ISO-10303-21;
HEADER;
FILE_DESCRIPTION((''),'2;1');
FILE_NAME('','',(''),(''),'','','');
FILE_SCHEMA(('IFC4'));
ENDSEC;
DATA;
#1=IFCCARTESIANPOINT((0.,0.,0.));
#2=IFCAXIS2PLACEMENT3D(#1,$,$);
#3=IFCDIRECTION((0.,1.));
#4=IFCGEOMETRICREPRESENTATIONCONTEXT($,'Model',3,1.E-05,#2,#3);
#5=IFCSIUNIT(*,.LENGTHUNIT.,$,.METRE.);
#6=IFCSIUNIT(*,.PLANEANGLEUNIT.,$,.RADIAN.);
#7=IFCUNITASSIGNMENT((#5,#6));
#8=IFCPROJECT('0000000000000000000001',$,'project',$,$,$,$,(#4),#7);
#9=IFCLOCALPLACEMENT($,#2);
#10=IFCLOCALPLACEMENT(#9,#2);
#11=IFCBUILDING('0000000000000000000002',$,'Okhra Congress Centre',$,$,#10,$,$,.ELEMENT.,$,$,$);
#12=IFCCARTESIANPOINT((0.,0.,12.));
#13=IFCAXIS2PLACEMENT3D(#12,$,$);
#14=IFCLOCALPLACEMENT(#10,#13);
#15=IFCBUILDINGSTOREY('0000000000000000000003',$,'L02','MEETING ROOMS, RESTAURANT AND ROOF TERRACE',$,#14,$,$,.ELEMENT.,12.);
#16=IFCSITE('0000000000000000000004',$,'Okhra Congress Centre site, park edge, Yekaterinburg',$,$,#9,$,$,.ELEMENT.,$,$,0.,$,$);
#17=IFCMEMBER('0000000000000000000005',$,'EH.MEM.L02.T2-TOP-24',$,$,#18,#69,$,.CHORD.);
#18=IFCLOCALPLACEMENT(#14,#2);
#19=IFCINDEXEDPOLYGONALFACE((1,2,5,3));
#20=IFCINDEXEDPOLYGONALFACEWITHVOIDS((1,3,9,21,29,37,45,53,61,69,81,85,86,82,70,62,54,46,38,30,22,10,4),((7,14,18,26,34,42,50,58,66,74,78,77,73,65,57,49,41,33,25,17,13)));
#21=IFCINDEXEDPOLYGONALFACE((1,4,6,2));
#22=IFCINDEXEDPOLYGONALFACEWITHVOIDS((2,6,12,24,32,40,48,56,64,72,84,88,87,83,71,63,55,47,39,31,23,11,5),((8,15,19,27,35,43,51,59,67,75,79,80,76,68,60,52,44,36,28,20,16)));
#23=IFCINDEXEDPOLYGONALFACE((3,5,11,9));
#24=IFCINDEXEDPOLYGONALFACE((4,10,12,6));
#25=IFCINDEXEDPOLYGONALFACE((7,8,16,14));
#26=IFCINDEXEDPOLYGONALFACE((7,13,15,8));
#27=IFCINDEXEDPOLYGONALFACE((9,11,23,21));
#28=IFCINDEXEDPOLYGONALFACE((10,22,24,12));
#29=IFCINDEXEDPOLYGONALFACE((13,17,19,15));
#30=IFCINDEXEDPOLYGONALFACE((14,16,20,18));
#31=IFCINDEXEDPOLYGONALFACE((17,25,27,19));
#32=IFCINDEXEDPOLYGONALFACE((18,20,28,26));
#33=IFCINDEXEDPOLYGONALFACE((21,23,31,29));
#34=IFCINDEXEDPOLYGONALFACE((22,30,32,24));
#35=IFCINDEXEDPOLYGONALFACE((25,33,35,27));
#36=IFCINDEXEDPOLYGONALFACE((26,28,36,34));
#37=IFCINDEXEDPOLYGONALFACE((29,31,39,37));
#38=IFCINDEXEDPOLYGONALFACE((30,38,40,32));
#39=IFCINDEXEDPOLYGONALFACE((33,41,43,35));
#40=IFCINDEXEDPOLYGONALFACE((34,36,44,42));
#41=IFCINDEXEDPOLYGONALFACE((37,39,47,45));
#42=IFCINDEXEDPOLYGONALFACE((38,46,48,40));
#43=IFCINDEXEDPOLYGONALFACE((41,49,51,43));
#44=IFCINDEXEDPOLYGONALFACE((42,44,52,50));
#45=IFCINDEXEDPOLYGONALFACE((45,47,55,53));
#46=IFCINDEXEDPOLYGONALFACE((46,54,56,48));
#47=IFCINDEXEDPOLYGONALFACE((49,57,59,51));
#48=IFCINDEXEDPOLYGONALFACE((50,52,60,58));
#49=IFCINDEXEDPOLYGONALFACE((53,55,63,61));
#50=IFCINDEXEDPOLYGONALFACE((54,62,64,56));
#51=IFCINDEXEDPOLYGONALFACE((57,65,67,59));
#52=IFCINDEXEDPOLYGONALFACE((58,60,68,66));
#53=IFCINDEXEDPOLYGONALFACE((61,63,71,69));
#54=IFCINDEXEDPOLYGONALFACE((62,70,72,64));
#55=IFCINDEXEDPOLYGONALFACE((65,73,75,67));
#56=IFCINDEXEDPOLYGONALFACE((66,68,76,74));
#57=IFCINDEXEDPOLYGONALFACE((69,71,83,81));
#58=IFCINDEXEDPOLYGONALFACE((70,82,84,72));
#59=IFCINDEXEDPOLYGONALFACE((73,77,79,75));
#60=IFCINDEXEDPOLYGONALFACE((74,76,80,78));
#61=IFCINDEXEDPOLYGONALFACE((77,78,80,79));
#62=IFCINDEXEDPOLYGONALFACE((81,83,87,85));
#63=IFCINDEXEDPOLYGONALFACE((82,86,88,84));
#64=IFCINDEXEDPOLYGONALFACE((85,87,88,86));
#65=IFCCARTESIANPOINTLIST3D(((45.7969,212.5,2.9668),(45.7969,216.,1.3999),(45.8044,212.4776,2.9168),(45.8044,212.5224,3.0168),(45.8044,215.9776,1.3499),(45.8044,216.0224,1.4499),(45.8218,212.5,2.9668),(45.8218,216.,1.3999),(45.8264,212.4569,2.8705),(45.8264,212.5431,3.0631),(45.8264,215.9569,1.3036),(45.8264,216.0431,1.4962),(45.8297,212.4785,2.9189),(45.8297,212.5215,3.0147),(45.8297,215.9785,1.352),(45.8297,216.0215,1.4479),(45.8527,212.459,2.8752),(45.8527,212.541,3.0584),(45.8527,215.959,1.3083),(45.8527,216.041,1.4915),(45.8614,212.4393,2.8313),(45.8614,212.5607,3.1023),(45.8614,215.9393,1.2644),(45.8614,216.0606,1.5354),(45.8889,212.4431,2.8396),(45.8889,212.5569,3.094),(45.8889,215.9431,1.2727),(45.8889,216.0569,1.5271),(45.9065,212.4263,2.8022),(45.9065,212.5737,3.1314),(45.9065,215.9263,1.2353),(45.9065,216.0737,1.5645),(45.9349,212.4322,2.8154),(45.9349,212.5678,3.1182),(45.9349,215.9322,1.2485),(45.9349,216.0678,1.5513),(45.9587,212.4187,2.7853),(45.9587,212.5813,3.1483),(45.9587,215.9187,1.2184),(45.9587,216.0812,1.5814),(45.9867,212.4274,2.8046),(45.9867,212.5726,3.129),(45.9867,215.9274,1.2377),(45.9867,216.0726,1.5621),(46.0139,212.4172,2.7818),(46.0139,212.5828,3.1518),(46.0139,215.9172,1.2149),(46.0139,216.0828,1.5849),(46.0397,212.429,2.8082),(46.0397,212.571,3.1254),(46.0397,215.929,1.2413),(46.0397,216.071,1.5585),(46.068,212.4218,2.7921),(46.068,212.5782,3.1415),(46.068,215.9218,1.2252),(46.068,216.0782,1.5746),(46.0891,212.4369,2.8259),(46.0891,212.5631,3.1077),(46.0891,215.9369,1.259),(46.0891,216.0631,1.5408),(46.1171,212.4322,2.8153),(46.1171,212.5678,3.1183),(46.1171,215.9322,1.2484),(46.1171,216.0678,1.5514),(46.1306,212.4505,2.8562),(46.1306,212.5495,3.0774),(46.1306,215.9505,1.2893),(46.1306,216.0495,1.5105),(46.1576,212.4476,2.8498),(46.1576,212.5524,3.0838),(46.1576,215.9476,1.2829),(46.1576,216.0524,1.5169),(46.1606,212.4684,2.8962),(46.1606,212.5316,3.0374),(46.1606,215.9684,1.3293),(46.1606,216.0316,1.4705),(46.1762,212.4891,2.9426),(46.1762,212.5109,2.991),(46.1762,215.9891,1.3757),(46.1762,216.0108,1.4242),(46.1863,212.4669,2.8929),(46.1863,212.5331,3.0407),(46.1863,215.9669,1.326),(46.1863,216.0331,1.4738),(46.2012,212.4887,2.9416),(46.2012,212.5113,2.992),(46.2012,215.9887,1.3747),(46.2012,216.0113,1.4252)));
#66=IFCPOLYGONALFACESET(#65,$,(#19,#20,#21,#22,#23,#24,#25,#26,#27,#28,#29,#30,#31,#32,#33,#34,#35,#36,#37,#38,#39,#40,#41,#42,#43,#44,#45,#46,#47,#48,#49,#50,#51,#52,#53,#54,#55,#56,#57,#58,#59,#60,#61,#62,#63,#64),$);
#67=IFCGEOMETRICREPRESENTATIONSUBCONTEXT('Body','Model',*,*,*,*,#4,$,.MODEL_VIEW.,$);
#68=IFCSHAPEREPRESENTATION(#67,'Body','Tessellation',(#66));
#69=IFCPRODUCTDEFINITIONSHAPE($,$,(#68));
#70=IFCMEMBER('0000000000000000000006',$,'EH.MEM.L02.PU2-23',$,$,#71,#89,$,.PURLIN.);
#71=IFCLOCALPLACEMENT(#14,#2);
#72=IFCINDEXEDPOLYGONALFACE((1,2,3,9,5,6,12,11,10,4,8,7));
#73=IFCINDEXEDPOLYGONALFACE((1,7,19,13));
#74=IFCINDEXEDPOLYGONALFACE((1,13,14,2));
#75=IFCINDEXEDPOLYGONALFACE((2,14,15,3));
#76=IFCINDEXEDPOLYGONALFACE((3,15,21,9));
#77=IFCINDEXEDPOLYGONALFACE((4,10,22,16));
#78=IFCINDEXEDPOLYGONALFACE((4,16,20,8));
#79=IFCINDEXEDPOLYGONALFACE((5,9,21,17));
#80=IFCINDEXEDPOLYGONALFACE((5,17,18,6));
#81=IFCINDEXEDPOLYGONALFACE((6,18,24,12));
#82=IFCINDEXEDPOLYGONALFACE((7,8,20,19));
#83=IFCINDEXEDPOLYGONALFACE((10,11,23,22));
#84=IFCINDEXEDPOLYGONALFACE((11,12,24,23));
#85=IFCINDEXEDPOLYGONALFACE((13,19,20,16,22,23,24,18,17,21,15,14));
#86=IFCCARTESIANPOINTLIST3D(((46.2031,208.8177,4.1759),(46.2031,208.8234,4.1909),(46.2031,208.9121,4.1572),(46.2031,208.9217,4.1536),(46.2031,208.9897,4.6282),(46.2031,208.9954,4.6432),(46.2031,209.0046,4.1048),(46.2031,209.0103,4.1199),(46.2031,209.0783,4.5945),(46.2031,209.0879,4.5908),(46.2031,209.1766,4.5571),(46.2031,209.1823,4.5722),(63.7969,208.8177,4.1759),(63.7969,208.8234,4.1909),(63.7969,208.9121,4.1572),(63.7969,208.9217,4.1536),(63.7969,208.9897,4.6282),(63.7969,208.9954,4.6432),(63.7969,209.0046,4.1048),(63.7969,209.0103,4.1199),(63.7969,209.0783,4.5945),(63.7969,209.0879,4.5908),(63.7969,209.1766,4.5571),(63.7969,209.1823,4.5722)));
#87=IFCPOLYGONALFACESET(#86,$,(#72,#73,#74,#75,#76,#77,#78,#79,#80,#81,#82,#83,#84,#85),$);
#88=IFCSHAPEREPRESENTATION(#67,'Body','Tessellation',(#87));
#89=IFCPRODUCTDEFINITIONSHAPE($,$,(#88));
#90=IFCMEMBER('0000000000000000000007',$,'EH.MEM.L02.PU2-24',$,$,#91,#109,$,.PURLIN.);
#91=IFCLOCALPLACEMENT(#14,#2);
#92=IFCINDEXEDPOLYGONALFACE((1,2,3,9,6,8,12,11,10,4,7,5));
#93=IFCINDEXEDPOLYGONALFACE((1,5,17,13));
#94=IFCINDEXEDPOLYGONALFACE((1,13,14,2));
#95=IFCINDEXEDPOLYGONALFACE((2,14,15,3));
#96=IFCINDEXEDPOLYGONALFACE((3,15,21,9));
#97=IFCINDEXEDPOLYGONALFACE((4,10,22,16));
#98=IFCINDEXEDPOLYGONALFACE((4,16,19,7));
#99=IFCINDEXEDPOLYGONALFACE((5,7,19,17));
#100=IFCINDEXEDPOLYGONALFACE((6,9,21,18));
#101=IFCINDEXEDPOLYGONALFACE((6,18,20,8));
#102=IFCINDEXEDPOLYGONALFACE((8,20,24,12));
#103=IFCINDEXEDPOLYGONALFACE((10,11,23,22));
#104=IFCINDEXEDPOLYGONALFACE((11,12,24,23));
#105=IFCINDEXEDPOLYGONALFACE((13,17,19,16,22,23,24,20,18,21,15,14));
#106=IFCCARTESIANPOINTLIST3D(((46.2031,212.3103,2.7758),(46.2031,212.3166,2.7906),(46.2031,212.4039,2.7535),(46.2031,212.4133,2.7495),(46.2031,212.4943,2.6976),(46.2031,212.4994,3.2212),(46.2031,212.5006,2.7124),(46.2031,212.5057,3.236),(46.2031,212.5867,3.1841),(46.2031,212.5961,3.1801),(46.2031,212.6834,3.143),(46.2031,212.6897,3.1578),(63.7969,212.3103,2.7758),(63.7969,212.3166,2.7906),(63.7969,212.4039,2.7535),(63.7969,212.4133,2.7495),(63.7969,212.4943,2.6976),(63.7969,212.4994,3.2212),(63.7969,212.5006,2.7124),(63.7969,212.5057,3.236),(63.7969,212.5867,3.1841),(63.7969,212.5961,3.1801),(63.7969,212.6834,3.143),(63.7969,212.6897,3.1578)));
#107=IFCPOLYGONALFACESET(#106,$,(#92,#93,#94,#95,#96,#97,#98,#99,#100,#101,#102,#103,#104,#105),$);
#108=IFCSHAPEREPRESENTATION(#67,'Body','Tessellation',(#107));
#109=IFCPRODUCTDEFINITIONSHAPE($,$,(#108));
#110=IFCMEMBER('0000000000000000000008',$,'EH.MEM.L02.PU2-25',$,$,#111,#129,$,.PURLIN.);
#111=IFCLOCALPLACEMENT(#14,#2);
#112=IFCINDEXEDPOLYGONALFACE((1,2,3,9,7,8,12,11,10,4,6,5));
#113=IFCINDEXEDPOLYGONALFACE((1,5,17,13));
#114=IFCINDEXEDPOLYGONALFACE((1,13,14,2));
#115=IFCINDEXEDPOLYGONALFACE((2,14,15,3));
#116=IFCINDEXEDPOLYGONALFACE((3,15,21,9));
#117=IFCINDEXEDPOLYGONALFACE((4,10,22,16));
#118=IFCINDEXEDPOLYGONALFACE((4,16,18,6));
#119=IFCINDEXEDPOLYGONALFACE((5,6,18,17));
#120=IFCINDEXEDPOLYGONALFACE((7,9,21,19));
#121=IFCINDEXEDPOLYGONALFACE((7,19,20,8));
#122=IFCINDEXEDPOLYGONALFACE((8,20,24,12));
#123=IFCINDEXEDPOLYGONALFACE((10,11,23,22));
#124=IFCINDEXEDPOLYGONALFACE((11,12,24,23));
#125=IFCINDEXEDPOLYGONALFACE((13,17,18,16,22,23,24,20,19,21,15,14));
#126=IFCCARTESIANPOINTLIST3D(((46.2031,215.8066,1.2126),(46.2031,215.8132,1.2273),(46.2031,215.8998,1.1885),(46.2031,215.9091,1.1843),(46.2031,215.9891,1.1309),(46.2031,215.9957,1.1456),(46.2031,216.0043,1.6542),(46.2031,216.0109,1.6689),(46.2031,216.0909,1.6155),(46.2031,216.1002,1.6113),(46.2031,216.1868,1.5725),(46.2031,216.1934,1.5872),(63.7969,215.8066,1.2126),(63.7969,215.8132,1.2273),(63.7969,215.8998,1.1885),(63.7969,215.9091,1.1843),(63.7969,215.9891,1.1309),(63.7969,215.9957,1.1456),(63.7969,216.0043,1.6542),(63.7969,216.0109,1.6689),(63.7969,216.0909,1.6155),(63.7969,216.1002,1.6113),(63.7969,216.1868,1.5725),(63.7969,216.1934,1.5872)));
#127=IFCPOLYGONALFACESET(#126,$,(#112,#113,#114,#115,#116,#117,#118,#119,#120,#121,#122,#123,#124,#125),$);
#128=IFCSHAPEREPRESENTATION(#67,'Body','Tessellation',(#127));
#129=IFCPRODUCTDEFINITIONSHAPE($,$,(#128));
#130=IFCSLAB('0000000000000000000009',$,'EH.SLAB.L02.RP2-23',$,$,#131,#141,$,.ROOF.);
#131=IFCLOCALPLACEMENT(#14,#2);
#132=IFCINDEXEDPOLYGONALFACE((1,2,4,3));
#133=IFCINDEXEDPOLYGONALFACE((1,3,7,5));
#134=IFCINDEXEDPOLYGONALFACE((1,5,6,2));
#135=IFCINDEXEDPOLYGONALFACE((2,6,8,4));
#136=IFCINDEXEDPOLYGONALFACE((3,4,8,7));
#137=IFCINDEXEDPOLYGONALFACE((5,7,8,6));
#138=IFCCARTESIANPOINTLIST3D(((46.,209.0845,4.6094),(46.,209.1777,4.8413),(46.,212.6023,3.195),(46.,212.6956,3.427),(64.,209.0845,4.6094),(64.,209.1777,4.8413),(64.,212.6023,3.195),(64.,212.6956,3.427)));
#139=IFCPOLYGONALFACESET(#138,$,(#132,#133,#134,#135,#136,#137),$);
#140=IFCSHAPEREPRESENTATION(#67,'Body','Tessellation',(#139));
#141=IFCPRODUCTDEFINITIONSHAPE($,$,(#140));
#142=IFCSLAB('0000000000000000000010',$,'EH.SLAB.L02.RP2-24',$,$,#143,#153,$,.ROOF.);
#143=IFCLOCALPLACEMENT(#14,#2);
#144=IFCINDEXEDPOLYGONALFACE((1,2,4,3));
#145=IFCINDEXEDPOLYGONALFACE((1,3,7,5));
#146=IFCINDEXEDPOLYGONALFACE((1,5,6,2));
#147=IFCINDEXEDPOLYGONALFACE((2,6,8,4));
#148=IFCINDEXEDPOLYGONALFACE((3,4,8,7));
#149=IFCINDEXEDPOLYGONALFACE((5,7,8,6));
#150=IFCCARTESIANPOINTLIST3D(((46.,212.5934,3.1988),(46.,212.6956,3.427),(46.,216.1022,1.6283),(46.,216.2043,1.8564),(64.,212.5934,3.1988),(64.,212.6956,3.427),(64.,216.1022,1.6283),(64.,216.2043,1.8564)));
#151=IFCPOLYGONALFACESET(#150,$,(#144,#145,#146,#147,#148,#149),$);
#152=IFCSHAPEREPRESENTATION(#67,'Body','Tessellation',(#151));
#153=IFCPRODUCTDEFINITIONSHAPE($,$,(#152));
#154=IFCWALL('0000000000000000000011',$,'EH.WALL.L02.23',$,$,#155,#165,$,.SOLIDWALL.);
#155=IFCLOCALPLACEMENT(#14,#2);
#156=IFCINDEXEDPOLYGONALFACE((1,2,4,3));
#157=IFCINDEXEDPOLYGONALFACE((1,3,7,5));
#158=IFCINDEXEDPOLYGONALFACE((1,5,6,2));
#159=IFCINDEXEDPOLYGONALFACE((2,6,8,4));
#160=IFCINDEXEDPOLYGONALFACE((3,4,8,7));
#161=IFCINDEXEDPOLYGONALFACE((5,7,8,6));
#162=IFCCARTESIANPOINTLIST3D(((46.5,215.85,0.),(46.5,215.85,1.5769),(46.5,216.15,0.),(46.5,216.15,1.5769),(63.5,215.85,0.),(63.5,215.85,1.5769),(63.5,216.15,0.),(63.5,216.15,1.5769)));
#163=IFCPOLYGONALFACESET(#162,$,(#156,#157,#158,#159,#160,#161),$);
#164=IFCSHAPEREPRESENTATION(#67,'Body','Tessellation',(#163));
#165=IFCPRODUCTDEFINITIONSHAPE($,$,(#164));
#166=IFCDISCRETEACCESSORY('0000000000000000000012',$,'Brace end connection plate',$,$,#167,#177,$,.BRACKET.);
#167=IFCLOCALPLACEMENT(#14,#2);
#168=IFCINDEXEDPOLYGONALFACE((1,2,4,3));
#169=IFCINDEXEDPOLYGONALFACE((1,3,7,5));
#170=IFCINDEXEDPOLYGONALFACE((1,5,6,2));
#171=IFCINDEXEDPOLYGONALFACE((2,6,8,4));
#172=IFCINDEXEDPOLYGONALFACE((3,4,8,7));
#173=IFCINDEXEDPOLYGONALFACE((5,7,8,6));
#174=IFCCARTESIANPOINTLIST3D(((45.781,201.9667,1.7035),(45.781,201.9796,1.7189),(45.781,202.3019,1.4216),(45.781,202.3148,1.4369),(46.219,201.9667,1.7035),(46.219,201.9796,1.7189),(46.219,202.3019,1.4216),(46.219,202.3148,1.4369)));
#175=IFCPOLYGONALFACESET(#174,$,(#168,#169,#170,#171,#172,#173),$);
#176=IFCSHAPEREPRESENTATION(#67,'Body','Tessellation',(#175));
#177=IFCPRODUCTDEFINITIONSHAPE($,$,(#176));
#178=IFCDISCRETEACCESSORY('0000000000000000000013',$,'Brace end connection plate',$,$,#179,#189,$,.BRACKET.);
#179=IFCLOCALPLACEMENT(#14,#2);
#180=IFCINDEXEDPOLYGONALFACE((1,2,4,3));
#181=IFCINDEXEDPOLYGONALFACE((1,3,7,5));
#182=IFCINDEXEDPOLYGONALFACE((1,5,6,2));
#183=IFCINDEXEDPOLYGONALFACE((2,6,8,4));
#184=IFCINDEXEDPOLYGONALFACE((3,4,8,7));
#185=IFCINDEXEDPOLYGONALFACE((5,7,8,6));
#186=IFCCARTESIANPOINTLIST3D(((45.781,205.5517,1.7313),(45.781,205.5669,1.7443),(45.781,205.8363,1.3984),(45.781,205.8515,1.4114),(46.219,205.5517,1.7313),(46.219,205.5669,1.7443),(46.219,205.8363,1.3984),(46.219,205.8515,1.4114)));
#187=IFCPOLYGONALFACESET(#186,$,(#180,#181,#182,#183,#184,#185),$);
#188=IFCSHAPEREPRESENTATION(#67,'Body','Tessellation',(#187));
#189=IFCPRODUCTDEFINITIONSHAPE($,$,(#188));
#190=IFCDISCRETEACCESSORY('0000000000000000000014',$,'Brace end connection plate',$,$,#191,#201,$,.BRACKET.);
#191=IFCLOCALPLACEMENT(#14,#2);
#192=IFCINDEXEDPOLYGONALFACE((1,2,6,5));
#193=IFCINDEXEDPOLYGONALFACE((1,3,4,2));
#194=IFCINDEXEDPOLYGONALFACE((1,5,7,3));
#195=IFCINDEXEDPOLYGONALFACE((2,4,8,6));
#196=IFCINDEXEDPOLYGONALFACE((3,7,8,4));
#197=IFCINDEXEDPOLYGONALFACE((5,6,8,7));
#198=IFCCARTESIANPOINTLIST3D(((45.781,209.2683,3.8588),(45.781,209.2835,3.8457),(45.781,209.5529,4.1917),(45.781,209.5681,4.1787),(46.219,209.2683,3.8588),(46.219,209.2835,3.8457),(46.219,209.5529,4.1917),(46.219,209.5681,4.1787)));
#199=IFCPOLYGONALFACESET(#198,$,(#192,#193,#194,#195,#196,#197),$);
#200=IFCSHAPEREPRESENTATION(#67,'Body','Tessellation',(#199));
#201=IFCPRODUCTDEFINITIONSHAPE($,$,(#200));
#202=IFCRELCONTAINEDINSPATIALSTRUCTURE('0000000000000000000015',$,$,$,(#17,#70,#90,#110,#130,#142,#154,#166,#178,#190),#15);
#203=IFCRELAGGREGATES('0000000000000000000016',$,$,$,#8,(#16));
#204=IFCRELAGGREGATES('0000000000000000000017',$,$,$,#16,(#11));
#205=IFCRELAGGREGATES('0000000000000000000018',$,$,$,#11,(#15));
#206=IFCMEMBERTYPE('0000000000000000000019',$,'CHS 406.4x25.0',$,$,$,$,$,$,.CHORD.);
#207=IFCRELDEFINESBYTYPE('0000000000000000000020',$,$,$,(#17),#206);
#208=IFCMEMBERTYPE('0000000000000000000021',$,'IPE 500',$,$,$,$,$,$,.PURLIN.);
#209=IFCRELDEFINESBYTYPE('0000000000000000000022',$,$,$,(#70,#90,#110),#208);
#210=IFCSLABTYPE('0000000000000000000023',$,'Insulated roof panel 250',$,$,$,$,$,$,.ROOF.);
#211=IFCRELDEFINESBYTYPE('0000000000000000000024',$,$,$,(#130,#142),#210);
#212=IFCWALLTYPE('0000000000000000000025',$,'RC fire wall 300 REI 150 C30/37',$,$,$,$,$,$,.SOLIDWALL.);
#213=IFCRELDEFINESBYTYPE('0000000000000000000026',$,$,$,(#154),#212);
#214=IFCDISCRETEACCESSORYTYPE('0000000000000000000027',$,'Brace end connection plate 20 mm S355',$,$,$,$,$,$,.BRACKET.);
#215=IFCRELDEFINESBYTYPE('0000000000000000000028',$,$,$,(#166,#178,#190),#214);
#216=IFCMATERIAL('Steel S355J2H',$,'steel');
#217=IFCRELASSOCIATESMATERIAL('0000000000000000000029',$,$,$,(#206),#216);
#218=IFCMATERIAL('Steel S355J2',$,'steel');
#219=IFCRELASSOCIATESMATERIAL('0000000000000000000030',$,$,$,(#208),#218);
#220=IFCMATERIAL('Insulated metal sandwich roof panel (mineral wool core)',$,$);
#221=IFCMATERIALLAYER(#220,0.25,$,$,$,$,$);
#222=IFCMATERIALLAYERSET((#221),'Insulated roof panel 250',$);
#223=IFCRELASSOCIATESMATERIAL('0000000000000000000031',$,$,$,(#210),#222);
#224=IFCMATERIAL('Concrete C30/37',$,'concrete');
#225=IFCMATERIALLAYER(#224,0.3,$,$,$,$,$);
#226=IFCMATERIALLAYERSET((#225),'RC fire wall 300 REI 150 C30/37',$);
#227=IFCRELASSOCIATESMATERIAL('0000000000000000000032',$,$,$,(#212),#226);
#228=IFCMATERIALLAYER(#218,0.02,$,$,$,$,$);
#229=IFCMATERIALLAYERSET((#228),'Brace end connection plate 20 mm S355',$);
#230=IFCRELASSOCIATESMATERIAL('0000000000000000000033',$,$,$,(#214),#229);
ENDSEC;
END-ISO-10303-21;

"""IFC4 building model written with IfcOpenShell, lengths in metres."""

from ifc_helpers import new_model, si_unit, direction, frame, frame_2d, origin, origin_2d, place, context, subcontext, project, spatial, polyline, rectangle, hollow_circle, i_section, outline, extrude, material, layer, layer_set, material_profile, profile_set, type_object, element, save


model = new_model("IFC4")

# Units and contexts
model_context = context("Model", 3, precision=1e-05, world=origin(), true_north=direction((0.0, 1.0)))
body_context = subcontext(model_context, "Body", "Model", "MODEL_VIEW")
ifc_project = project(units=[si_unit("LENGTHUNIT", "METRE"), si_unit("PLANEANGLEUNIT", "RADIAN")], contexts=[model_context])

# Site, building, storey
site_placement = place(None, origin())
site = spatial("IfcSite", under=ifc_project, at=site_placement, Name="Okhra Congress Centre site, park edge, Yekaterinburg", CompositionType="ELEMENT", RefElevation=0.0)
building_placement = place(site_placement, origin())
building = spatial("IfcBuilding", under=site, at=building_placement, Name="Okhra Congress Centre", CompositionType="ELEMENT")
storey_placement = place(building_placement, frame((0.0, 0.0, 12.0)))
storey = spatial("IfcBuildingStorey", under=building, at=storey_placement, Name="L02", Description="MEETING ROOMS, RESTAURANT AND ROOF TERRACE", CompositionType="ELEMENT", Elevation=12.0)

# Members
ifc_material_1 = material(Name="Steel S355J2H", Category="steel")
ifc_material_profile_1 = material_profile(ifc_material_1, hollow_circle(Radius=0.2031, WallThickness=0.0249, at=origin_2d()), Name="CHS 406.4x25.0")
ifc_profile_set_1 = profile_set([ifc_material_profile_1], Name="Steel S355J2H")
member_type_1 = type_object("IfcMemberType", Name="CHS 406.4x25.0", PredefinedType="CHORD", material=ifc_profile_set_1)
member_1_placement = place(storey_placement, frame((46.0, 212.5, 2.9668), z_axis=(0.0, 0.912711, -0.408606), x_axis=(-1.0, 0.0, 0.0)))
element("IfcMember", 1, at=member_1_placement, inside=storey, type_object=member_type_1, Name="EH.MEM.L02.T2-TOP-24", PredefinedType="CHORD", context=body_context, shape_type="SweptSolid", body=[
    extrude(hollow_circle(Radius=0.2031, WallThickness=0.0249, at=origin_2d()), origin(), (0.0, 0.0, 1.0), 3.8347),
])
ifc_material_2 = material(Name="Steel S355J2", Category="steel")
ifc_material_profile_2 = material_profile(ifc_material_2, i_section(OverallWidth=0.2, OverallDepth=0.5, WebThickness=0.0103, FlangeThickness=0.0161, at=origin_2d()), Name="IPE 500")
ifc_profile_set_2 = profile_set([ifc_material_profile_2], Name="Steel S355J2")
member_type_2 = type_object("IfcMemberType", Name="IPE 500", PredefinedType="PURLIN", material=ifc_profile_set_2)
for number, where, z_axis, x_axis, name in (
    (2, (46.2031, 209.0, 4.374), (1.0, 0.0, 0.0), (0.0, 0.934733, -0.355351), "EH.MEM.L02.PU2-23"),
    (3, (46.2031, 212.5, 2.9668), (1.0, 0.0, 0.0), (0.0, 0.920437, -0.39089), "EH.MEM.L02.PU2-24"),
    (4, (46.2031, 216.0, 1.3999), (1.0, 0.0, 0.0), (0.0, 0.912721, -0.408583), "EH.MEM.L02.PU2-25"),
):
    element("IfcMember", number, at=place(storey_placement, frame(where, z_axis=z_axis, x_axis=x_axis)), inside=storey, type_object=member_type_2, Name=name, PredefinedType="PURLIN", context=body_context, shape_type="SweptSolid", body=[
        extrude(i_section(OverallWidth=0.2, OverallDepth=0.5, WebThickness=0.0103, FlangeThickness=0.0161, at=origin_2d()), origin(), (0.0, 0.0, 1.0), 17.5938),
    ])

# Slabs
ifc_material_3 = material(Name="Insulated metal sandwich roof panel (mineral wool core)")
ifc_layer_1 = layer(ifc_material_3, 0.25)
ifc_layer_set_1 = layer_set([ifc_layer_1], Name="Insulated roof panel 250")
slab_type = type_object("IfcSlabType", Name="Insulated roof panel 250", PredefinedType="ROOF", material=ifc_layer_set_1)
slab_1_placement = place(storey_placement, frame((46.0, 209.1777, 4.8413), z_axis=(0.0, 0.373022, 0.927822), x_axis=(1.0, 0.0, 0.0)))
element("IfcSlab", 5, at=slab_1_placement, inside=storey, type_object=slab_type, Name="EH.SLAB.L02.RP2-23", PredefinedType="ROOF", context=body_context, shape_type="SweptSolid", body=[
    extrude(outline(polyline([(0.0, 0.0), (18.0, 0.0), (18.0, 3.7915), (0.0, 3.7915), (0.0, 0.0)])), origin(), (0.0, 0.0, -1.0), 0.25),
])
slab_2_placement = place(storey_placement, frame((46.0, 212.6956, 3.427), z_axis=(0.0, 0.408547, 0.912737), x_axis=(1.0, 0.0, 0.0)))
element("IfcSlab", 6, at=slab_2_placement, inside=storey, type_object=slab_type, Name="EH.SLAB.L02.RP2-24", PredefinedType="ROOF", context=body_context, shape_type="SweptSolid", body=[
    extrude(outline(polyline([(0.0, 0.0), (18.0, 0.0), (18.0, 3.8442), (0.0, 3.8442), (0.0, 0.0)])), origin(), (0.0, 0.0, -1.0), 0.25),
])

# Wall
ifc_material_4 = material(Name="Concrete C30/37", Category="concrete")
ifc_layer_2 = layer(ifc_material_4, 0.3)
ifc_layer_set_2 = layer_set([ifc_layer_2], Name="RC fire wall 300 REI 150 C30/37")
wall_type = type_object("IfcWallType", Name="RC fire wall 300 REI 150 C30/37", PredefinedType="SOLIDWALL", material=ifc_layer_set_2)
wall_placement = place(storey_placement, frame((46.5, 216.0, 0.0), z_axis=(0.0, 0.0, 1.0), x_axis=(1.0, 0.0, 0.0)))
element("IfcWall", 7, at=wall_placement, inside=storey, type_object=wall_type, Name="EH.WALL.L02.23", PredefinedType="SOLIDWALL", context=body_context, shape_type="SweptSolid", body=[
    extrude(rectangle(XDim=17.0, YDim=0.3, at=frame_2d((8.5, 0.0))), origin(), (0.0, 0.0, 1.0), 1.5769),
])

# Discrete accessories
ifc_layer_3 = layer(ifc_material_2, 0.02)
ifc_layer_set_3 = layer_set([ifc_layer_3], Name="Brace end connection plate 20 mm S355")
discrete_accessory_type_1 = type_object("IfcDiscreteAccessoryType", Name="Brace end connection plate 20 mm S355", PredefinedType="BRACKET", material=ifc_layer_set_3)
for number, where, z_axis, x_axis, name in (
    (8, (46.0, 202.1472, 1.5779), (0.0, -0.643762, -0.765226), (1.0, 0.0, 0.0), "Brace end connection plate"),
    (9, (46.0, 205.7092, 1.5779), (0.0, -0.760121, -0.649781), (1.0, 0.0, 0.0), "Brace end connection plate"),
    (10, (46.0, 209.4258, 4.0122), (0.0, -0.760121, 0.649781), (1.0, 0.0, 0.0), "Brace end connection plate"),
):
    element("IfcDiscreteAccessory", number, at=place(storey_placement, frame(where, z_axis=z_axis, x_axis=x_axis)), inside=storey, type_object=discrete_accessory_type_1, Name=name, PredefinedType="BRACKET", context=body_context, shape_type="SweptSolid", body=[
        extrude(rectangle(XDim=0.438, YDim=0.438, at=origin_2d()), origin(), (0.0, 0.0, 1.0), 0.02),
    ])

save(model, "model.ifc")
